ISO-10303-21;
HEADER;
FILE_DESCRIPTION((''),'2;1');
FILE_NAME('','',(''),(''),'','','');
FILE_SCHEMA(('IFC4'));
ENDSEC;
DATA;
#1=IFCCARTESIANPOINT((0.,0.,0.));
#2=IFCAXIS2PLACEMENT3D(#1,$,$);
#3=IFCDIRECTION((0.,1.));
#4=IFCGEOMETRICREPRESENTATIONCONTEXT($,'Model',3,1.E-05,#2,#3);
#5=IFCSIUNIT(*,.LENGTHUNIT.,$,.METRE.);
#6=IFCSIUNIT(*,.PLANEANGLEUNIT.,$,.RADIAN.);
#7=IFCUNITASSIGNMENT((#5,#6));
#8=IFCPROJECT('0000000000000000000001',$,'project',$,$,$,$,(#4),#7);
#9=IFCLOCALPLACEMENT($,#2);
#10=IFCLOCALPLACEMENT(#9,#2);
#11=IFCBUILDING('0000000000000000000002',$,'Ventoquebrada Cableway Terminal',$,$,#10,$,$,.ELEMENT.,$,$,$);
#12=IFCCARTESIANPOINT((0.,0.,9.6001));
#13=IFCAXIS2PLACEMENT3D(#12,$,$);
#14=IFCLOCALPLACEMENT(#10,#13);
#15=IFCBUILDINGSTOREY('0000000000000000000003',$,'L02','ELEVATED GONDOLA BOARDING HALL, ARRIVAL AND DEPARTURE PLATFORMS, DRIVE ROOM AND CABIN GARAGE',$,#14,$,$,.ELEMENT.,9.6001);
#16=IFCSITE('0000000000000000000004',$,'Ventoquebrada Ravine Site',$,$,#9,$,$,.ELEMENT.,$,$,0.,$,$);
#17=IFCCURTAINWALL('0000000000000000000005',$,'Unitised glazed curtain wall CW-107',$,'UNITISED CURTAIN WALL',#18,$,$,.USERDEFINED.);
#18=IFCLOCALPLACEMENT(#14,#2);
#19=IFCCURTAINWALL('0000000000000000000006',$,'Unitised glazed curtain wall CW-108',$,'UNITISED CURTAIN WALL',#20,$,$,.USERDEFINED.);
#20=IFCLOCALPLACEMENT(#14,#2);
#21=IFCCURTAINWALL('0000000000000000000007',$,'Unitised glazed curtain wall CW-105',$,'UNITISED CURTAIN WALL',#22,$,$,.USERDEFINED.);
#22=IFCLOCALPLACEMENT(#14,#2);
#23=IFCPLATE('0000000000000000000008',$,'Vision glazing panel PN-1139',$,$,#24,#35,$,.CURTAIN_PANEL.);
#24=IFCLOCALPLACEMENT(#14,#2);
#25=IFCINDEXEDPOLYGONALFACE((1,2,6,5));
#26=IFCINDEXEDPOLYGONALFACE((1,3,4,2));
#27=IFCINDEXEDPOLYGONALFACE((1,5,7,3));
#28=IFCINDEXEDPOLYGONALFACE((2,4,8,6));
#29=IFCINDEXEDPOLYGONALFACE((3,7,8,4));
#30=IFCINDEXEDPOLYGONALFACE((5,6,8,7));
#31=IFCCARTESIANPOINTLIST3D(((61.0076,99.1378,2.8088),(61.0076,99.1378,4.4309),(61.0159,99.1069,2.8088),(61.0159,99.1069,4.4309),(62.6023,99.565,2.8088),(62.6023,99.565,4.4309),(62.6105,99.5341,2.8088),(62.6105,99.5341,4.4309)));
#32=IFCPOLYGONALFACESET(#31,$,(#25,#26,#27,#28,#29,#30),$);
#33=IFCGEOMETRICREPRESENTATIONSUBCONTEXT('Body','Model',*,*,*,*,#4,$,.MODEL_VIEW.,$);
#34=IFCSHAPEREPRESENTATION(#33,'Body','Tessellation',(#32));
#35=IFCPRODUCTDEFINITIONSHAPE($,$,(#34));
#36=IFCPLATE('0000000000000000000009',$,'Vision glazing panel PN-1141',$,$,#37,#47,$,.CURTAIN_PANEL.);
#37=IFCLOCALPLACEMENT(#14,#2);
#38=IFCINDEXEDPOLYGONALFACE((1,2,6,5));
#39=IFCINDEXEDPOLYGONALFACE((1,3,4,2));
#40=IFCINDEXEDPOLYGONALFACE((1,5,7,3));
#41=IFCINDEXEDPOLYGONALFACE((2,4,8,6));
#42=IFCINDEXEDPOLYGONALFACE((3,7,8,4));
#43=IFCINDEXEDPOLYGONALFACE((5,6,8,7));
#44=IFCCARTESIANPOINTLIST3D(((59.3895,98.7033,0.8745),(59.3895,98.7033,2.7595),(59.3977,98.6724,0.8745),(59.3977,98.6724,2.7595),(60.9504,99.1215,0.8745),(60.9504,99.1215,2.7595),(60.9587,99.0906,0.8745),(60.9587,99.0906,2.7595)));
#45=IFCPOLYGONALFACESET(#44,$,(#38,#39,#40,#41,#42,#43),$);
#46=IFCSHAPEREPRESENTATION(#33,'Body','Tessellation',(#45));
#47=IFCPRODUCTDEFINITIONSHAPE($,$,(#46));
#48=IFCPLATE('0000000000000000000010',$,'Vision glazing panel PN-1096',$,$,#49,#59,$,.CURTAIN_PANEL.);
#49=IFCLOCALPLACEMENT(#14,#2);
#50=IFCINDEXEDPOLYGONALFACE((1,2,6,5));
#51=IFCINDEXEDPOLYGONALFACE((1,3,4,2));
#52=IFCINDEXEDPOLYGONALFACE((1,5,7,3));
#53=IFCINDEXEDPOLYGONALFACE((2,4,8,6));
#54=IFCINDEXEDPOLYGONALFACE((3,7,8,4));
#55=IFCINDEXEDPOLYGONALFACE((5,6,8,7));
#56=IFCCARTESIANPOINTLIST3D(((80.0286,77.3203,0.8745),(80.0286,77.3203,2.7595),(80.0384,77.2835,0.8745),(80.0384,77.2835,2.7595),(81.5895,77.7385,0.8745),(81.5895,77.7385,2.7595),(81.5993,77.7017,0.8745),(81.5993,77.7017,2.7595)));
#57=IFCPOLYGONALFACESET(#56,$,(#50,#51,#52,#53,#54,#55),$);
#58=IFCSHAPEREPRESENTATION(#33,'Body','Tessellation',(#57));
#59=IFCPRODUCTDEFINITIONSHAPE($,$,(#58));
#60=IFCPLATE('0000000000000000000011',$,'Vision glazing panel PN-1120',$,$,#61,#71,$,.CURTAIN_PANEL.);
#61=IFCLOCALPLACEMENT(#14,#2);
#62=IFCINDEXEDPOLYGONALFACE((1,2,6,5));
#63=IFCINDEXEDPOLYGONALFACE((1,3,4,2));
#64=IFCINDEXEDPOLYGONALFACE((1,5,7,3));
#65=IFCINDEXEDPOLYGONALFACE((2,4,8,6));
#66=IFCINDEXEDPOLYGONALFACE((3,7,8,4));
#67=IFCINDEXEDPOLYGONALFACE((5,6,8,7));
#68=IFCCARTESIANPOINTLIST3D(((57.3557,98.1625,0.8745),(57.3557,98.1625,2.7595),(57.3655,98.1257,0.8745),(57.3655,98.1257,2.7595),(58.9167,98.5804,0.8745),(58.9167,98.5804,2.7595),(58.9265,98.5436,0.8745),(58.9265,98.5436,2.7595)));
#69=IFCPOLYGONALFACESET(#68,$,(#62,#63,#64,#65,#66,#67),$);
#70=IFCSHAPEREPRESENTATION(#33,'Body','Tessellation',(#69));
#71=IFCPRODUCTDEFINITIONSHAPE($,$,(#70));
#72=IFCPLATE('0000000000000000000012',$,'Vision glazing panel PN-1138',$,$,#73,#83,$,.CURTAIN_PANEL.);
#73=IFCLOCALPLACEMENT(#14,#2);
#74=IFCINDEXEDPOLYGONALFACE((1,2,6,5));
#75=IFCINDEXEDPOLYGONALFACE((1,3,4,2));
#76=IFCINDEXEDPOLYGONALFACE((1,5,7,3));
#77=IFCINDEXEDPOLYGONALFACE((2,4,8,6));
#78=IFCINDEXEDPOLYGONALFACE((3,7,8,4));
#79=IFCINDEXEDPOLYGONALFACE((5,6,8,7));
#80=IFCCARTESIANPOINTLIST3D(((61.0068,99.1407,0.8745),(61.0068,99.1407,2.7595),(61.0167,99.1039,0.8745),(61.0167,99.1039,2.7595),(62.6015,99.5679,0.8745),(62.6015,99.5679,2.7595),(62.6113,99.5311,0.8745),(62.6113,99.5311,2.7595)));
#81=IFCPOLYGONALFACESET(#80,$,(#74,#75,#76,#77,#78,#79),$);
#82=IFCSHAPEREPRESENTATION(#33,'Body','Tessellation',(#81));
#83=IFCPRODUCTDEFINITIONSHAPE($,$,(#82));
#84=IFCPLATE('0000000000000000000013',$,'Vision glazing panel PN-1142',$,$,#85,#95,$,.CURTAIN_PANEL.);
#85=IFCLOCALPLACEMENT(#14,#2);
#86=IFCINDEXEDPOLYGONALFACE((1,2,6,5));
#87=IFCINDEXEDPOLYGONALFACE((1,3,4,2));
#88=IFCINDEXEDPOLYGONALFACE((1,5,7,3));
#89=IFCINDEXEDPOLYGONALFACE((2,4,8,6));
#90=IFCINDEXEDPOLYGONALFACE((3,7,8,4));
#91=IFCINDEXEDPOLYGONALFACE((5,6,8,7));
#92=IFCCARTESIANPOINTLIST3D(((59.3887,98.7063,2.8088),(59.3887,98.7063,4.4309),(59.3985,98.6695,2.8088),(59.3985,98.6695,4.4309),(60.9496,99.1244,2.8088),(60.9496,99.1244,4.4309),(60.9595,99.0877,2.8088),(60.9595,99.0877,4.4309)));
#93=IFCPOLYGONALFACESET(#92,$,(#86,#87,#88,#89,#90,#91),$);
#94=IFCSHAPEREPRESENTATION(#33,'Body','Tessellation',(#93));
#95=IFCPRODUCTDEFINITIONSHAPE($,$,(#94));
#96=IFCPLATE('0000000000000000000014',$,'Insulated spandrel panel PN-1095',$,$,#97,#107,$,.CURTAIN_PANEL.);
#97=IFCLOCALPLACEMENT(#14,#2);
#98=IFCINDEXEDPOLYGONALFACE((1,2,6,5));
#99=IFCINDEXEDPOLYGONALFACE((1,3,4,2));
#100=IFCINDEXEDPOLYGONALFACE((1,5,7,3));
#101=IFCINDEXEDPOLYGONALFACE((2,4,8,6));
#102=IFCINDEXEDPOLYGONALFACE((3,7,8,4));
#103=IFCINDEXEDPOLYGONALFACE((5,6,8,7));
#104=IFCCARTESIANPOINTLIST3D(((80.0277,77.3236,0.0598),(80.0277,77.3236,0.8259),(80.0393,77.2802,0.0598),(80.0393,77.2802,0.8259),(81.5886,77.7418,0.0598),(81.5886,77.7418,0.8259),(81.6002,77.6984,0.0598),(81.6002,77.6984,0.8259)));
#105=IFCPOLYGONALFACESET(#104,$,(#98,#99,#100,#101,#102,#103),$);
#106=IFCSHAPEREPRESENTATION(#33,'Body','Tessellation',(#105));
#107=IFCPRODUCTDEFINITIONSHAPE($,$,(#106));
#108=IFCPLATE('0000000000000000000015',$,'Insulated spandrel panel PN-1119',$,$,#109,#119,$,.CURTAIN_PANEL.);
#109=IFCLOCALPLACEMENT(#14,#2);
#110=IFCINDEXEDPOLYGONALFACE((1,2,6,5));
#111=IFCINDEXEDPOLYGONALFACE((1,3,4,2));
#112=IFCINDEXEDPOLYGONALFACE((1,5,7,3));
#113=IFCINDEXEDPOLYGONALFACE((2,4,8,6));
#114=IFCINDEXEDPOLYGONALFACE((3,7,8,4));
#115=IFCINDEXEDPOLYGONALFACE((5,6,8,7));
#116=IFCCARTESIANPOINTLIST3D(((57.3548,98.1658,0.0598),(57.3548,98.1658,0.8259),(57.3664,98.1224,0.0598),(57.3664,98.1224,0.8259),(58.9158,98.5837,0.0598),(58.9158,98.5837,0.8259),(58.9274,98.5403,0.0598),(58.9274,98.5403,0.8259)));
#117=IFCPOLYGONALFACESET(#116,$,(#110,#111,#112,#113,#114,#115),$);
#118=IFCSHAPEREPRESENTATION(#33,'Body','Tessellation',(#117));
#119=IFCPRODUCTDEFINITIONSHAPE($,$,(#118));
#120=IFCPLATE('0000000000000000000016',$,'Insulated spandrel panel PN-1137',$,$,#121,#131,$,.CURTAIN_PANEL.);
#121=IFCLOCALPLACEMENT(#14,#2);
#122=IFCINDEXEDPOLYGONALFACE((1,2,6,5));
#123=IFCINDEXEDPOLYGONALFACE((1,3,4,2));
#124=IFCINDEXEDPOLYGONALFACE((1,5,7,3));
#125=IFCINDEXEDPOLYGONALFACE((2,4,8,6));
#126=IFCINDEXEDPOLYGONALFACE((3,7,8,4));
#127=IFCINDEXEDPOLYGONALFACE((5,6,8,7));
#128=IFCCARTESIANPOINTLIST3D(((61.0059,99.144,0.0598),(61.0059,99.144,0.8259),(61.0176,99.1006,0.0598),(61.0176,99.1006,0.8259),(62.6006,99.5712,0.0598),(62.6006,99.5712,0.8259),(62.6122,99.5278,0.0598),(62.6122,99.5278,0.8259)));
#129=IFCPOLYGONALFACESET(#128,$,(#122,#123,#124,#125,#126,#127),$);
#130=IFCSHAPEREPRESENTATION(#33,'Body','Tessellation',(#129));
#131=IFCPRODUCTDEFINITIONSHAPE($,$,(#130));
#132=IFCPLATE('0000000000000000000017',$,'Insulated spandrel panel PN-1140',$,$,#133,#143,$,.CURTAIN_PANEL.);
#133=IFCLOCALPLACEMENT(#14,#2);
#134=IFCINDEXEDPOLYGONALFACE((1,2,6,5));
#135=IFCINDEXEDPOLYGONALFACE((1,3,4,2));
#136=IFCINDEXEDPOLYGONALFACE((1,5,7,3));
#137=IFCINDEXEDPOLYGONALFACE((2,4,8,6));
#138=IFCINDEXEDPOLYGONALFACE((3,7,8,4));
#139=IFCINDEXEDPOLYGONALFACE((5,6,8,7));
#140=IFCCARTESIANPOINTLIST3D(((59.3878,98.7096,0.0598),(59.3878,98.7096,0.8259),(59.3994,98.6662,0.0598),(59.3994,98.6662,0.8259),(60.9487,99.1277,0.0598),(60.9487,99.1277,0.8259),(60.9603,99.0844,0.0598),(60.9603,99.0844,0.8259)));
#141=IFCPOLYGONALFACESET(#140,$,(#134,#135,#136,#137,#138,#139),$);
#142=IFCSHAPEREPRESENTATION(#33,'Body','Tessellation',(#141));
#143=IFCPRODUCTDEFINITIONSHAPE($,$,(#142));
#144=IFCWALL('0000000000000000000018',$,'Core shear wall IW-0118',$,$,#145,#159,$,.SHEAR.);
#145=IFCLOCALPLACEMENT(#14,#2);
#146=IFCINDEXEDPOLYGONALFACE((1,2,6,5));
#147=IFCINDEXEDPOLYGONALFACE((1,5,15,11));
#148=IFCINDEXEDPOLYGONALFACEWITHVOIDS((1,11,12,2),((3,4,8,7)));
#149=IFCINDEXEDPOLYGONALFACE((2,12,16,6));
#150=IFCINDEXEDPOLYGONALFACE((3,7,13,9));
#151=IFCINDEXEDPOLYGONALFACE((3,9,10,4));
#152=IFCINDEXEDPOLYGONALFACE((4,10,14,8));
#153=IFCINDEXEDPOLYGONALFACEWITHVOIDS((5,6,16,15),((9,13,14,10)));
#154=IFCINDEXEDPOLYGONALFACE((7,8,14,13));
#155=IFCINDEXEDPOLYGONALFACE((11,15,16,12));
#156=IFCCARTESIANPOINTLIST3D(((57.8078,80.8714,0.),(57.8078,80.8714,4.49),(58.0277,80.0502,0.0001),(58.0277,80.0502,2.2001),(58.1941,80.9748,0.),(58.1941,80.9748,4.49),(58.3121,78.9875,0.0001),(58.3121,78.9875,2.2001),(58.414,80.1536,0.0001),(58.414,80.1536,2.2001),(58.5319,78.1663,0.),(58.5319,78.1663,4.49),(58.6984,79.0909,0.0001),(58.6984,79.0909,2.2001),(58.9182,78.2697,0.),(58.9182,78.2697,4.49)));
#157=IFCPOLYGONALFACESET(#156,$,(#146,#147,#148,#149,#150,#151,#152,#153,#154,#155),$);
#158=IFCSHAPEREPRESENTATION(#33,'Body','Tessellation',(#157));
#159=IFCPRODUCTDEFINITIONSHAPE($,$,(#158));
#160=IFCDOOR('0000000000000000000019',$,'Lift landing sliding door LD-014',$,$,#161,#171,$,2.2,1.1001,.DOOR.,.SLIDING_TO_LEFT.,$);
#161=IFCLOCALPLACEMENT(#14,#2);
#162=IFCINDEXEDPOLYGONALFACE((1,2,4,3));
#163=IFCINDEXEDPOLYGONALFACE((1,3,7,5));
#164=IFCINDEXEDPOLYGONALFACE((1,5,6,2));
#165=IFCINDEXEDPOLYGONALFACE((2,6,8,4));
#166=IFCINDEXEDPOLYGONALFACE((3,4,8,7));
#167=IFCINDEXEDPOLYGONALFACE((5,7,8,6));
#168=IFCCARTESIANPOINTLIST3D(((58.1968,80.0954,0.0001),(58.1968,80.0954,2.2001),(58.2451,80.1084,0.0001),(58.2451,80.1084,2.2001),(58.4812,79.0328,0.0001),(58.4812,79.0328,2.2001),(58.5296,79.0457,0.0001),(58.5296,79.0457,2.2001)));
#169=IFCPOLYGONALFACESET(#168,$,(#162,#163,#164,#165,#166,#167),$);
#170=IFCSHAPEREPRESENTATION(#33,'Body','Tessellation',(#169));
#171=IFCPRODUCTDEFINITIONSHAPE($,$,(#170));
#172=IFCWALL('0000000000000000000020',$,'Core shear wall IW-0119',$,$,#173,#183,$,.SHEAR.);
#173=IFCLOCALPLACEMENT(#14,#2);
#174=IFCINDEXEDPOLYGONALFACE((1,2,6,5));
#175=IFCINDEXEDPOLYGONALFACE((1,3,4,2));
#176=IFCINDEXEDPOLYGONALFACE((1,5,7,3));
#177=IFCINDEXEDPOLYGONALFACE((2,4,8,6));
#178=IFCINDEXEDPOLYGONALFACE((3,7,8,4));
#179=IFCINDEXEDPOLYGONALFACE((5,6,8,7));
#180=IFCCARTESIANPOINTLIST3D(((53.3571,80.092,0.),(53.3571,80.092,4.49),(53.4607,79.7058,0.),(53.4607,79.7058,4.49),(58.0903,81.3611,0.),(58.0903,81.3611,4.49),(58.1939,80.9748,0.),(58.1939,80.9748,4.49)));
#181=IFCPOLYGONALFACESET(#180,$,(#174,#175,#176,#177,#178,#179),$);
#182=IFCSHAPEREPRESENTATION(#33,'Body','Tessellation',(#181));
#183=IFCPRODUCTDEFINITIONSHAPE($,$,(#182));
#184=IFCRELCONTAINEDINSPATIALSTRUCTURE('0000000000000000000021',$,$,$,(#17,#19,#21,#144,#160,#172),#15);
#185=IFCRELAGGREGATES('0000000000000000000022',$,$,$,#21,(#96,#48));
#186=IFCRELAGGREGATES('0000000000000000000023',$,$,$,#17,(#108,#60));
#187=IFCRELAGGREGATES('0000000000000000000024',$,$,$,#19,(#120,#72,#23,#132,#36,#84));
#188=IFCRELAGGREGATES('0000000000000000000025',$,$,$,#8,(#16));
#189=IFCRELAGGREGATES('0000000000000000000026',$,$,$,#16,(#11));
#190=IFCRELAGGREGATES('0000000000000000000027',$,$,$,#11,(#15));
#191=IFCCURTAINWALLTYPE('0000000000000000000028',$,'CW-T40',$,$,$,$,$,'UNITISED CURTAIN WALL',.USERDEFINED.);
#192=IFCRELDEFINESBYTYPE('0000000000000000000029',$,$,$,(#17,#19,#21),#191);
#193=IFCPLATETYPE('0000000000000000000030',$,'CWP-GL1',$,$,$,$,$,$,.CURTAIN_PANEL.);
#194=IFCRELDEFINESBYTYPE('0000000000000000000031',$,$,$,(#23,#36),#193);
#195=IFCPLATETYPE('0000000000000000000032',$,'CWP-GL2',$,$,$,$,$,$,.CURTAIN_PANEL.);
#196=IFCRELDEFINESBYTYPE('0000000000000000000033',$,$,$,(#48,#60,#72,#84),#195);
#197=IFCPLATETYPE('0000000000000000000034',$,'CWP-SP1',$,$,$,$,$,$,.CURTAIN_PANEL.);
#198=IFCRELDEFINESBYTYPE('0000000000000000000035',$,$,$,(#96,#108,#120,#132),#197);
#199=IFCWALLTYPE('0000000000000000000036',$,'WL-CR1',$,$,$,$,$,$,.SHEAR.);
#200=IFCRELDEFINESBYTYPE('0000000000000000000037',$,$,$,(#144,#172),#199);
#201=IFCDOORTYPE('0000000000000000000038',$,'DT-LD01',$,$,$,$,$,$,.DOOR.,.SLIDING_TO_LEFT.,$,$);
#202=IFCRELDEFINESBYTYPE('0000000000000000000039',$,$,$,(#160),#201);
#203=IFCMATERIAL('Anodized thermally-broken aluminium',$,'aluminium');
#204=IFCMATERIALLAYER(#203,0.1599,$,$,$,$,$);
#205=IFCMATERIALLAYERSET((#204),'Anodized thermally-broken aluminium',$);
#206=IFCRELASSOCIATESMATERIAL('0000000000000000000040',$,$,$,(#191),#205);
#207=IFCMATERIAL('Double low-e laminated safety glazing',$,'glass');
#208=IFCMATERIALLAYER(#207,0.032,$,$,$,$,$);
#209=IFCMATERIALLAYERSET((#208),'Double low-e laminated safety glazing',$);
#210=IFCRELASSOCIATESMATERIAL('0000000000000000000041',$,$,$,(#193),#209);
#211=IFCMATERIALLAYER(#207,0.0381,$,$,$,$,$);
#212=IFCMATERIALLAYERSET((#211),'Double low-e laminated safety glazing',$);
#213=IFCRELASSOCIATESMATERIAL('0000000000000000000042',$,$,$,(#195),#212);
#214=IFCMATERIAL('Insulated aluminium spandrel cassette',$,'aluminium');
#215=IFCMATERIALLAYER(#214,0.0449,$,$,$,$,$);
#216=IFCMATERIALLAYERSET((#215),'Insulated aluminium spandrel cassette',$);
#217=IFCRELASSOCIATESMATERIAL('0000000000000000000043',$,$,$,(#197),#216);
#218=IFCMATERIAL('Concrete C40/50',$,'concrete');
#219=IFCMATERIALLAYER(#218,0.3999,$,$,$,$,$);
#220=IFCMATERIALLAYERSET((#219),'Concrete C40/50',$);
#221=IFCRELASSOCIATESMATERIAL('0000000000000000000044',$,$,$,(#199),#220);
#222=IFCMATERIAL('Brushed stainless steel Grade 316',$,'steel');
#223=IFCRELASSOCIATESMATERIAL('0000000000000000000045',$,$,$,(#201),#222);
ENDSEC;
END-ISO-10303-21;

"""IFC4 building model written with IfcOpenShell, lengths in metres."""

from ifc_helpers import new_model, si_unit, direction, frame, frame_2d, origin, origin_2d, place, context, subcontext, project, spatial, rectangle, extrude, material, layer, layer_set, type_object, element, fill, aggregate, save


model = new_model("IFC4")

# Units and contexts
model_context = context("Model", 3, precision=1e-05, world=origin(), true_north=direction((0.0, 1.0)))
body_context = subcontext(model_context, "Body", "Model", "MODEL_VIEW")
ifc_project = project(units=[si_unit("LENGTHUNIT", "METRE"), si_unit("PLANEANGLEUNIT", "RADIAN")], contexts=[model_context])

# Site, building, storey
site_placement = place(None, origin())
site = spatial("IfcSite", under=ifc_project, at=site_placement, Name="Ventoquebrada Ravine Site", CompositionType="ELEMENT", RefElevation=0.0)
building_placement = place(site_placement, origin())
building = spatial("IfcBuilding", under=site, at=building_placement, Name="Ventoquebrada Cableway Terminal", CompositionType="ELEMENT")
storey_placement = place(building_placement, frame((0.0, 0.0, 9.6001)))
storey = spatial("IfcBuildingStorey", under=building, at=storey_placement, Name="L02", Description="ELEVATED GONDOLA BOARDING HALL, ARRIVAL AND DEPARTURE PLATFORMS, DRIVE ROOM AND CABIN GARAGE", CompositionType="ELEMENT", Elevation=9.6001)

# Curtain walls
ifc_material_1 = material(Name="Anodized thermally-broken aluminium", Category="aluminium")
ifc_layer_1 = layer(ifc_material_1, 0.1599)
ifc_layer_set_1 = layer_set([ifc_layer_1], Name="Anodized thermally-broken aluminium")
curtain_wall_type = type_object("IfcCurtainWallType", Name="CW-T40", ElementType="UNITISED CURTAIN WALL", PredefinedType="USERDEFINED", material=ifc_layer_set_1)
curtain_wall_1_placement = place(storey_placement, origin())
curtain_wall_1 = element("IfcCurtainWall", 1, at=curtain_wall_1_placement, inside=storey, type_object=curtain_wall_type, Name="Unitised glazed curtain wall CW-107", ObjectType="UNITISED CURTAIN WALL", PredefinedType="USERDEFINED")
curtain_wall_2_placement = place(storey_placement, origin())
curtain_wall_2 = element("IfcCurtainWall", 2, at=curtain_wall_2_placement, inside=storey, type_object=curtain_wall_type, Name="Unitised glazed curtain wall CW-108", ObjectType="UNITISED CURTAIN WALL", PredefinedType="USERDEFINED")

# Curtain wall
curtain_wall_3_placement = place(storey_placement, origin())
curtain_wall_3 = element("IfcCurtainWall", 3, at=curtain_wall_3_placement, inside=storey, type_object=curtain_wall_type, Name="Unitised glazed curtain wall CW-105", ObjectType="UNITISED CURTAIN WALL", PredefinedType="USERDEFINED")

# Plates
ifc_material_2 = material(Name="Double low-e laminated safety glazing", Category="glass")
ifc_layer_2 = layer(ifc_material_2, 0.032)
ifc_layer_set_2 = layer_set([ifc_layer_2], Name="Double low-e laminated safety glazing")
plate_type_1 = type_object("IfcPlateType", Name="CWP-GL1", PredefinedType="CURTAIN_PANEL", material=ifc_layer_set_2)
plate_1_placement = place(storey_placement, frame((61.8091, 99.3359, 2.8088), z_axis=(0.0, 0.0, 1.0), x_axis=(-0.965939, -0.258768, 0.0)))
plate_1 = element("IfcPlate", 4, at=plate_1_placement, type_object=plate_type_1, Name="Vision glazing panel PN-1139", PredefinedType="CURTAIN_PANEL", context=body_context, shape_type="SweptSolid", body=[
    extrude(rectangle(XDim=1.6509, YDim=0.032, at=origin_2d()), origin(), (0.0, 0.0, 1.0), 1.6221),
])
plate_2_placement = place(storey_placement, frame((60.1741, 98.897, 0.8745), z_axis=(0.0, 0.0, 1.0), x_axis=(-0.965939, -0.258768, 0.0)))
plate_2 = element("IfcPlate", 5, at=plate_2_placement, type_object=plate_type_1, Name="Vision glazing panel PN-1141", PredefinedType="CURTAIN_PANEL", context=body_context, shape_type="SweptSolid", body=[
    extrude(rectangle(XDim=1.616, YDim=0.032, at=origin_2d()), origin(), (0.0, 0.0, 1.0), 1.885),
])
ifc_layer_3 = layer(ifc_material_2, 0.0381)
ifc_layer_set_3 = layer_set([ifc_layer_3], Name="Double low-e laminated safety glazing")
plate_type_2 = type_object("IfcPlateType", Name="CWP-GL2", PredefinedType="CURTAIN_PANEL", material=ifc_layer_set_3)
plate_3_placement = place(storey_placement, frame((80.814, 77.511, 0.8745), z_axis=(0.0, 0.0, 1.0), x_axis=(0.96593, 0.258802, 0.0)))
plate_3 = element("IfcPlate", 6, at=plate_3_placement, type_object=plate_type_2, Name="Vision glazing panel PN-1096", PredefinedType="CURTAIN_PANEL", context=body_context, shape_type="SweptSolid", body=[
    extrude(rectangle(XDim=1.616, YDim=0.0381, at=origin_2d()), origin(), (0.0, 0.0, 1.0), 1.885),
])
plate_4_placement = place(storey_placement, frame((58.1411, 98.353, 0.8745), z_axis=(0.0, 0.0, 1.0), x_axis=(-0.965975, -0.258634, 0.0)))
plate_4 = element("IfcPlate", 7, at=plate_4_placement, type_object=plate_type_2, Name="Vision glazing panel PN-1120", PredefinedType="CURTAIN_PANEL", context=body_context, shape_type="SweptSolid", body=[
    extrude(rectangle(XDim=1.616, YDim=0.0381, at=origin_2d()), origin(), (0.0, 0.0, 1.0), 1.885),
])
plate_5_placement = place(storey_placement, frame((61.8091, 99.3359, 0.8745), z_axis=(0.0, 0.0, 1.0), x_axis=(-0.965939, -0.258768, 0.0)))
plate_5 = element("IfcPlate", 8, at=plate_5_placement, type_object=plate_type_2, Name="Vision glazing panel PN-1138", PredefinedType="CURTAIN_PANEL", context=body_context, shape_type="SweptSolid", body=[
    extrude(rectangle(XDim=1.6509, YDim=0.0381, at=origin_2d()), origin(), (0.0, 0.0, 1.0), 1.885),
])
plate_6_placement = place(storey_placement, frame((60.1741, 98.897, 2.8088), z_axis=(0.0, 0.0, 1.0), x_axis=(-0.965939, -0.258768, 0.0)))
plate_6 = element("IfcPlate", 9, at=plate_6_placement, type_object=plate_type_2, Name="Vision glazing panel PN-1142", PredefinedType="CURTAIN_PANEL", context=body_context, shape_type="SweptSolid", body=[
    extrude(rectangle(XDim=1.616, YDim=0.0381, at=origin_2d()), origin(), (0.0, 0.0, 1.0), 1.6221),
])
ifc_material_3 = material(Name="Insulated aluminium spandrel cassette", Category="aluminium")
ifc_layer_4 = layer(ifc_material_3, 0.0449)
ifc_layer_set_4 = layer_set([ifc_layer_4], Name="Insulated aluminium spandrel cassette")
plate_type_3 = type_object("IfcPlateType", Name="CWP-SP1", PredefinedType="CURTAIN_PANEL", material=ifc_layer_set_4)
plate_7_placement = place(storey_placement, frame((80.814, 77.511, 0.0598), z_axis=(0.0, 0.0, 1.0), x_axis=(0.96593, 0.258802, 0.0)))
plate_7 = element("IfcPlate", 10, at=plate_7_placement, type_object=plate_type_3, Name="Insulated spandrel panel PN-1095", PredefinedType="CURTAIN_PANEL", context=body_context, shape_type="SweptSolid", body=[
    extrude(rectangle(XDim=1.616, YDim=0.0449, at=origin_2d()), origin(), (0.0, 0.0, 1.0), 0.7661),
])
aggregate(curtain_wall_3, [plate_7, plate_3])
plate_8_placement = place(storey_placement, frame((58.1411, 98.353, 0.0598), z_axis=(0.0, 0.0, 1.0), x_axis=(-0.965975, -0.258634, 0.0)))
plate_8 = element("IfcPlate", 11, at=plate_8_placement, type_object=plate_type_3, Name="Insulated spandrel panel PN-1119", PredefinedType="CURTAIN_PANEL", context=body_context, shape_type="SweptSolid", body=[
    extrude(rectangle(XDim=1.616, YDim=0.0449, at=origin_2d()), origin(), (0.0, 0.0, 1.0), 0.7661),
])
aggregate(curtain_wall_1, [plate_8, plate_4])
plate_9_placement = place(storey_placement, frame((61.8091, 99.3359, 0.0598), z_axis=(0.0, 0.0, 1.0), x_axis=(-0.965939, -0.258768, 0.0)))
plate_9 = element("IfcPlate", 12, at=plate_9_placement, type_object=plate_type_3, Name="Insulated spandrel panel PN-1137", PredefinedType="CURTAIN_PANEL", context=body_context, shape_type="SweptSolid", body=[
    extrude(rectangle(XDim=1.6509, YDim=0.0449, at=origin_2d()), origin(), (0.0, 0.0, 1.0), 0.7661),
])
plate_10_placement = place(storey_placement, frame((60.1741, 98.897, 0.0598), z_axis=(0.0, 0.0, 1.0), x_axis=(-0.965939, -0.258768, 0.0)))
plate_10 = element("IfcPlate", 13, at=plate_10_placement, type_object=plate_type_3, Name="Insulated spandrel panel PN-1140", PredefinedType="CURTAIN_PANEL", context=body_context, shape_type="SweptSolid", body=[
    extrude(rectangle(XDim=1.616, YDim=0.0449, at=origin_2d()), origin(), (0.0, 0.0, 1.0), 0.7661),
])
aggregate(curtain_wall_2, [plate_9, plate_5, plate_1, plate_10, plate_2, plate_6])

# Wall, opening, door
ifc_material_4 = material(Name="Concrete C40/50", Category="concrete")
ifc_layer_5 = layer(ifc_material_4, 0.3999)
ifc_layer_set_5 = layer_set([ifc_layer_5], Name="Concrete C40/50")
wall_type_1 = type_object("IfcWallType", Name="WL-CR1", PredefinedType="SHEAR", material=ifc_layer_set_5)
wall_1_placement = place(storey_placement, frame((58.7251, 78.218, 0.0), z_axis=(0.0, 0.0, 1.0), x_axis=(-0.258585, 0.965989, 0.0)))
wall_1 = element("IfcWall", 14, at=wall_1_placement, inside=storey, type_object=wall_type_1, Name="Core shear wall IW-0118", PredefinedType="SHEAR", context=body_context, shape_type="SweptSolid", body=[
    extrude(rectangle(XDim=2.8003, YDim=0.3999, at=frame_2d((1.4001, 0.0))), origin(), (0.0, 0.0, 1.0), 4.49),
])
opening_1_placement = place(wall_1_placement, frame((0.8501, 0.0, 0.0)))
opening_1 = element("IfcOpeningElement", 15, at=opening_1_placement, cuts=wall_1, PredefinedType="OPENING", context=body_context, shape_type="SweptSolid", body=[
    extrude(rectangle(XDim=1.1001, YDim=2.2, at=frame_2d((0.55, 1.1001))), frame((0.0, 0.21, 0.0), z_axis=(0.0, -1.0, 0.0), x_axis=(1.0, 0.0, 0.0)), (0.0, 0.0, 1.0), 0.4199),
])
ifc_material_5 = material(Name="Brushed stainless steel Grade 316", Category="steel")
door_type_1 = type_object("IfcDoorType", Name="DT-LD01", OperationType="SLIDING_TO_LEFT", PredefinedType="DOOR", material=ifc_material_5)
door_1_placement = place(opening_1_placement, origin())
door_1 = element("IfcDoor", 16, at=door_1_placement, inside=storey, type_object=door_type_1, Name="Lift landing sliding door LD-014", OperationType="SLIDING_TO_LEFT", OverallHeight=2.2, OverallWidth=1.1001, PredefinedType="DOOR", context=body_context, shape_type="SweptSolid", body=[
    extrude(rectangle(XDim=1.1001, YDim=2.2, at=frame_2d((0.55, 1.1001))), frame((0.0, 0.0249, 0.0), z_axis=(0.0, -1.0, 0.0), x_axis=(1.0, 0.0, 0.0)), (0.0, 0.0, 1.0), 0.05),
])
fill(opening_1, door_1)

# Wall
wall_2_placement = place(storey_placement, frame((58.1421, 81.168, 0.0), z_axis=(0.0, 0.0, 1.0), x_axis=(-0.965885, -0.258971, 0.0)))
element("IfcWall", 17, at=wall_2_placement, inside=storey, type_object=wall_type_1, Name="Core shear wall IW-0119", PredefinedType="SHEAR", context=body_context, shape_type="SweptSolid", body=[
    extrude(rectangle(XDim=4.9004, YDim=0.3999, at=frame_2d((2.4502, 0.0))), origin(), (0.0, 0.0, 1.0), 4.49),
])

save(model, "model.ifc")
